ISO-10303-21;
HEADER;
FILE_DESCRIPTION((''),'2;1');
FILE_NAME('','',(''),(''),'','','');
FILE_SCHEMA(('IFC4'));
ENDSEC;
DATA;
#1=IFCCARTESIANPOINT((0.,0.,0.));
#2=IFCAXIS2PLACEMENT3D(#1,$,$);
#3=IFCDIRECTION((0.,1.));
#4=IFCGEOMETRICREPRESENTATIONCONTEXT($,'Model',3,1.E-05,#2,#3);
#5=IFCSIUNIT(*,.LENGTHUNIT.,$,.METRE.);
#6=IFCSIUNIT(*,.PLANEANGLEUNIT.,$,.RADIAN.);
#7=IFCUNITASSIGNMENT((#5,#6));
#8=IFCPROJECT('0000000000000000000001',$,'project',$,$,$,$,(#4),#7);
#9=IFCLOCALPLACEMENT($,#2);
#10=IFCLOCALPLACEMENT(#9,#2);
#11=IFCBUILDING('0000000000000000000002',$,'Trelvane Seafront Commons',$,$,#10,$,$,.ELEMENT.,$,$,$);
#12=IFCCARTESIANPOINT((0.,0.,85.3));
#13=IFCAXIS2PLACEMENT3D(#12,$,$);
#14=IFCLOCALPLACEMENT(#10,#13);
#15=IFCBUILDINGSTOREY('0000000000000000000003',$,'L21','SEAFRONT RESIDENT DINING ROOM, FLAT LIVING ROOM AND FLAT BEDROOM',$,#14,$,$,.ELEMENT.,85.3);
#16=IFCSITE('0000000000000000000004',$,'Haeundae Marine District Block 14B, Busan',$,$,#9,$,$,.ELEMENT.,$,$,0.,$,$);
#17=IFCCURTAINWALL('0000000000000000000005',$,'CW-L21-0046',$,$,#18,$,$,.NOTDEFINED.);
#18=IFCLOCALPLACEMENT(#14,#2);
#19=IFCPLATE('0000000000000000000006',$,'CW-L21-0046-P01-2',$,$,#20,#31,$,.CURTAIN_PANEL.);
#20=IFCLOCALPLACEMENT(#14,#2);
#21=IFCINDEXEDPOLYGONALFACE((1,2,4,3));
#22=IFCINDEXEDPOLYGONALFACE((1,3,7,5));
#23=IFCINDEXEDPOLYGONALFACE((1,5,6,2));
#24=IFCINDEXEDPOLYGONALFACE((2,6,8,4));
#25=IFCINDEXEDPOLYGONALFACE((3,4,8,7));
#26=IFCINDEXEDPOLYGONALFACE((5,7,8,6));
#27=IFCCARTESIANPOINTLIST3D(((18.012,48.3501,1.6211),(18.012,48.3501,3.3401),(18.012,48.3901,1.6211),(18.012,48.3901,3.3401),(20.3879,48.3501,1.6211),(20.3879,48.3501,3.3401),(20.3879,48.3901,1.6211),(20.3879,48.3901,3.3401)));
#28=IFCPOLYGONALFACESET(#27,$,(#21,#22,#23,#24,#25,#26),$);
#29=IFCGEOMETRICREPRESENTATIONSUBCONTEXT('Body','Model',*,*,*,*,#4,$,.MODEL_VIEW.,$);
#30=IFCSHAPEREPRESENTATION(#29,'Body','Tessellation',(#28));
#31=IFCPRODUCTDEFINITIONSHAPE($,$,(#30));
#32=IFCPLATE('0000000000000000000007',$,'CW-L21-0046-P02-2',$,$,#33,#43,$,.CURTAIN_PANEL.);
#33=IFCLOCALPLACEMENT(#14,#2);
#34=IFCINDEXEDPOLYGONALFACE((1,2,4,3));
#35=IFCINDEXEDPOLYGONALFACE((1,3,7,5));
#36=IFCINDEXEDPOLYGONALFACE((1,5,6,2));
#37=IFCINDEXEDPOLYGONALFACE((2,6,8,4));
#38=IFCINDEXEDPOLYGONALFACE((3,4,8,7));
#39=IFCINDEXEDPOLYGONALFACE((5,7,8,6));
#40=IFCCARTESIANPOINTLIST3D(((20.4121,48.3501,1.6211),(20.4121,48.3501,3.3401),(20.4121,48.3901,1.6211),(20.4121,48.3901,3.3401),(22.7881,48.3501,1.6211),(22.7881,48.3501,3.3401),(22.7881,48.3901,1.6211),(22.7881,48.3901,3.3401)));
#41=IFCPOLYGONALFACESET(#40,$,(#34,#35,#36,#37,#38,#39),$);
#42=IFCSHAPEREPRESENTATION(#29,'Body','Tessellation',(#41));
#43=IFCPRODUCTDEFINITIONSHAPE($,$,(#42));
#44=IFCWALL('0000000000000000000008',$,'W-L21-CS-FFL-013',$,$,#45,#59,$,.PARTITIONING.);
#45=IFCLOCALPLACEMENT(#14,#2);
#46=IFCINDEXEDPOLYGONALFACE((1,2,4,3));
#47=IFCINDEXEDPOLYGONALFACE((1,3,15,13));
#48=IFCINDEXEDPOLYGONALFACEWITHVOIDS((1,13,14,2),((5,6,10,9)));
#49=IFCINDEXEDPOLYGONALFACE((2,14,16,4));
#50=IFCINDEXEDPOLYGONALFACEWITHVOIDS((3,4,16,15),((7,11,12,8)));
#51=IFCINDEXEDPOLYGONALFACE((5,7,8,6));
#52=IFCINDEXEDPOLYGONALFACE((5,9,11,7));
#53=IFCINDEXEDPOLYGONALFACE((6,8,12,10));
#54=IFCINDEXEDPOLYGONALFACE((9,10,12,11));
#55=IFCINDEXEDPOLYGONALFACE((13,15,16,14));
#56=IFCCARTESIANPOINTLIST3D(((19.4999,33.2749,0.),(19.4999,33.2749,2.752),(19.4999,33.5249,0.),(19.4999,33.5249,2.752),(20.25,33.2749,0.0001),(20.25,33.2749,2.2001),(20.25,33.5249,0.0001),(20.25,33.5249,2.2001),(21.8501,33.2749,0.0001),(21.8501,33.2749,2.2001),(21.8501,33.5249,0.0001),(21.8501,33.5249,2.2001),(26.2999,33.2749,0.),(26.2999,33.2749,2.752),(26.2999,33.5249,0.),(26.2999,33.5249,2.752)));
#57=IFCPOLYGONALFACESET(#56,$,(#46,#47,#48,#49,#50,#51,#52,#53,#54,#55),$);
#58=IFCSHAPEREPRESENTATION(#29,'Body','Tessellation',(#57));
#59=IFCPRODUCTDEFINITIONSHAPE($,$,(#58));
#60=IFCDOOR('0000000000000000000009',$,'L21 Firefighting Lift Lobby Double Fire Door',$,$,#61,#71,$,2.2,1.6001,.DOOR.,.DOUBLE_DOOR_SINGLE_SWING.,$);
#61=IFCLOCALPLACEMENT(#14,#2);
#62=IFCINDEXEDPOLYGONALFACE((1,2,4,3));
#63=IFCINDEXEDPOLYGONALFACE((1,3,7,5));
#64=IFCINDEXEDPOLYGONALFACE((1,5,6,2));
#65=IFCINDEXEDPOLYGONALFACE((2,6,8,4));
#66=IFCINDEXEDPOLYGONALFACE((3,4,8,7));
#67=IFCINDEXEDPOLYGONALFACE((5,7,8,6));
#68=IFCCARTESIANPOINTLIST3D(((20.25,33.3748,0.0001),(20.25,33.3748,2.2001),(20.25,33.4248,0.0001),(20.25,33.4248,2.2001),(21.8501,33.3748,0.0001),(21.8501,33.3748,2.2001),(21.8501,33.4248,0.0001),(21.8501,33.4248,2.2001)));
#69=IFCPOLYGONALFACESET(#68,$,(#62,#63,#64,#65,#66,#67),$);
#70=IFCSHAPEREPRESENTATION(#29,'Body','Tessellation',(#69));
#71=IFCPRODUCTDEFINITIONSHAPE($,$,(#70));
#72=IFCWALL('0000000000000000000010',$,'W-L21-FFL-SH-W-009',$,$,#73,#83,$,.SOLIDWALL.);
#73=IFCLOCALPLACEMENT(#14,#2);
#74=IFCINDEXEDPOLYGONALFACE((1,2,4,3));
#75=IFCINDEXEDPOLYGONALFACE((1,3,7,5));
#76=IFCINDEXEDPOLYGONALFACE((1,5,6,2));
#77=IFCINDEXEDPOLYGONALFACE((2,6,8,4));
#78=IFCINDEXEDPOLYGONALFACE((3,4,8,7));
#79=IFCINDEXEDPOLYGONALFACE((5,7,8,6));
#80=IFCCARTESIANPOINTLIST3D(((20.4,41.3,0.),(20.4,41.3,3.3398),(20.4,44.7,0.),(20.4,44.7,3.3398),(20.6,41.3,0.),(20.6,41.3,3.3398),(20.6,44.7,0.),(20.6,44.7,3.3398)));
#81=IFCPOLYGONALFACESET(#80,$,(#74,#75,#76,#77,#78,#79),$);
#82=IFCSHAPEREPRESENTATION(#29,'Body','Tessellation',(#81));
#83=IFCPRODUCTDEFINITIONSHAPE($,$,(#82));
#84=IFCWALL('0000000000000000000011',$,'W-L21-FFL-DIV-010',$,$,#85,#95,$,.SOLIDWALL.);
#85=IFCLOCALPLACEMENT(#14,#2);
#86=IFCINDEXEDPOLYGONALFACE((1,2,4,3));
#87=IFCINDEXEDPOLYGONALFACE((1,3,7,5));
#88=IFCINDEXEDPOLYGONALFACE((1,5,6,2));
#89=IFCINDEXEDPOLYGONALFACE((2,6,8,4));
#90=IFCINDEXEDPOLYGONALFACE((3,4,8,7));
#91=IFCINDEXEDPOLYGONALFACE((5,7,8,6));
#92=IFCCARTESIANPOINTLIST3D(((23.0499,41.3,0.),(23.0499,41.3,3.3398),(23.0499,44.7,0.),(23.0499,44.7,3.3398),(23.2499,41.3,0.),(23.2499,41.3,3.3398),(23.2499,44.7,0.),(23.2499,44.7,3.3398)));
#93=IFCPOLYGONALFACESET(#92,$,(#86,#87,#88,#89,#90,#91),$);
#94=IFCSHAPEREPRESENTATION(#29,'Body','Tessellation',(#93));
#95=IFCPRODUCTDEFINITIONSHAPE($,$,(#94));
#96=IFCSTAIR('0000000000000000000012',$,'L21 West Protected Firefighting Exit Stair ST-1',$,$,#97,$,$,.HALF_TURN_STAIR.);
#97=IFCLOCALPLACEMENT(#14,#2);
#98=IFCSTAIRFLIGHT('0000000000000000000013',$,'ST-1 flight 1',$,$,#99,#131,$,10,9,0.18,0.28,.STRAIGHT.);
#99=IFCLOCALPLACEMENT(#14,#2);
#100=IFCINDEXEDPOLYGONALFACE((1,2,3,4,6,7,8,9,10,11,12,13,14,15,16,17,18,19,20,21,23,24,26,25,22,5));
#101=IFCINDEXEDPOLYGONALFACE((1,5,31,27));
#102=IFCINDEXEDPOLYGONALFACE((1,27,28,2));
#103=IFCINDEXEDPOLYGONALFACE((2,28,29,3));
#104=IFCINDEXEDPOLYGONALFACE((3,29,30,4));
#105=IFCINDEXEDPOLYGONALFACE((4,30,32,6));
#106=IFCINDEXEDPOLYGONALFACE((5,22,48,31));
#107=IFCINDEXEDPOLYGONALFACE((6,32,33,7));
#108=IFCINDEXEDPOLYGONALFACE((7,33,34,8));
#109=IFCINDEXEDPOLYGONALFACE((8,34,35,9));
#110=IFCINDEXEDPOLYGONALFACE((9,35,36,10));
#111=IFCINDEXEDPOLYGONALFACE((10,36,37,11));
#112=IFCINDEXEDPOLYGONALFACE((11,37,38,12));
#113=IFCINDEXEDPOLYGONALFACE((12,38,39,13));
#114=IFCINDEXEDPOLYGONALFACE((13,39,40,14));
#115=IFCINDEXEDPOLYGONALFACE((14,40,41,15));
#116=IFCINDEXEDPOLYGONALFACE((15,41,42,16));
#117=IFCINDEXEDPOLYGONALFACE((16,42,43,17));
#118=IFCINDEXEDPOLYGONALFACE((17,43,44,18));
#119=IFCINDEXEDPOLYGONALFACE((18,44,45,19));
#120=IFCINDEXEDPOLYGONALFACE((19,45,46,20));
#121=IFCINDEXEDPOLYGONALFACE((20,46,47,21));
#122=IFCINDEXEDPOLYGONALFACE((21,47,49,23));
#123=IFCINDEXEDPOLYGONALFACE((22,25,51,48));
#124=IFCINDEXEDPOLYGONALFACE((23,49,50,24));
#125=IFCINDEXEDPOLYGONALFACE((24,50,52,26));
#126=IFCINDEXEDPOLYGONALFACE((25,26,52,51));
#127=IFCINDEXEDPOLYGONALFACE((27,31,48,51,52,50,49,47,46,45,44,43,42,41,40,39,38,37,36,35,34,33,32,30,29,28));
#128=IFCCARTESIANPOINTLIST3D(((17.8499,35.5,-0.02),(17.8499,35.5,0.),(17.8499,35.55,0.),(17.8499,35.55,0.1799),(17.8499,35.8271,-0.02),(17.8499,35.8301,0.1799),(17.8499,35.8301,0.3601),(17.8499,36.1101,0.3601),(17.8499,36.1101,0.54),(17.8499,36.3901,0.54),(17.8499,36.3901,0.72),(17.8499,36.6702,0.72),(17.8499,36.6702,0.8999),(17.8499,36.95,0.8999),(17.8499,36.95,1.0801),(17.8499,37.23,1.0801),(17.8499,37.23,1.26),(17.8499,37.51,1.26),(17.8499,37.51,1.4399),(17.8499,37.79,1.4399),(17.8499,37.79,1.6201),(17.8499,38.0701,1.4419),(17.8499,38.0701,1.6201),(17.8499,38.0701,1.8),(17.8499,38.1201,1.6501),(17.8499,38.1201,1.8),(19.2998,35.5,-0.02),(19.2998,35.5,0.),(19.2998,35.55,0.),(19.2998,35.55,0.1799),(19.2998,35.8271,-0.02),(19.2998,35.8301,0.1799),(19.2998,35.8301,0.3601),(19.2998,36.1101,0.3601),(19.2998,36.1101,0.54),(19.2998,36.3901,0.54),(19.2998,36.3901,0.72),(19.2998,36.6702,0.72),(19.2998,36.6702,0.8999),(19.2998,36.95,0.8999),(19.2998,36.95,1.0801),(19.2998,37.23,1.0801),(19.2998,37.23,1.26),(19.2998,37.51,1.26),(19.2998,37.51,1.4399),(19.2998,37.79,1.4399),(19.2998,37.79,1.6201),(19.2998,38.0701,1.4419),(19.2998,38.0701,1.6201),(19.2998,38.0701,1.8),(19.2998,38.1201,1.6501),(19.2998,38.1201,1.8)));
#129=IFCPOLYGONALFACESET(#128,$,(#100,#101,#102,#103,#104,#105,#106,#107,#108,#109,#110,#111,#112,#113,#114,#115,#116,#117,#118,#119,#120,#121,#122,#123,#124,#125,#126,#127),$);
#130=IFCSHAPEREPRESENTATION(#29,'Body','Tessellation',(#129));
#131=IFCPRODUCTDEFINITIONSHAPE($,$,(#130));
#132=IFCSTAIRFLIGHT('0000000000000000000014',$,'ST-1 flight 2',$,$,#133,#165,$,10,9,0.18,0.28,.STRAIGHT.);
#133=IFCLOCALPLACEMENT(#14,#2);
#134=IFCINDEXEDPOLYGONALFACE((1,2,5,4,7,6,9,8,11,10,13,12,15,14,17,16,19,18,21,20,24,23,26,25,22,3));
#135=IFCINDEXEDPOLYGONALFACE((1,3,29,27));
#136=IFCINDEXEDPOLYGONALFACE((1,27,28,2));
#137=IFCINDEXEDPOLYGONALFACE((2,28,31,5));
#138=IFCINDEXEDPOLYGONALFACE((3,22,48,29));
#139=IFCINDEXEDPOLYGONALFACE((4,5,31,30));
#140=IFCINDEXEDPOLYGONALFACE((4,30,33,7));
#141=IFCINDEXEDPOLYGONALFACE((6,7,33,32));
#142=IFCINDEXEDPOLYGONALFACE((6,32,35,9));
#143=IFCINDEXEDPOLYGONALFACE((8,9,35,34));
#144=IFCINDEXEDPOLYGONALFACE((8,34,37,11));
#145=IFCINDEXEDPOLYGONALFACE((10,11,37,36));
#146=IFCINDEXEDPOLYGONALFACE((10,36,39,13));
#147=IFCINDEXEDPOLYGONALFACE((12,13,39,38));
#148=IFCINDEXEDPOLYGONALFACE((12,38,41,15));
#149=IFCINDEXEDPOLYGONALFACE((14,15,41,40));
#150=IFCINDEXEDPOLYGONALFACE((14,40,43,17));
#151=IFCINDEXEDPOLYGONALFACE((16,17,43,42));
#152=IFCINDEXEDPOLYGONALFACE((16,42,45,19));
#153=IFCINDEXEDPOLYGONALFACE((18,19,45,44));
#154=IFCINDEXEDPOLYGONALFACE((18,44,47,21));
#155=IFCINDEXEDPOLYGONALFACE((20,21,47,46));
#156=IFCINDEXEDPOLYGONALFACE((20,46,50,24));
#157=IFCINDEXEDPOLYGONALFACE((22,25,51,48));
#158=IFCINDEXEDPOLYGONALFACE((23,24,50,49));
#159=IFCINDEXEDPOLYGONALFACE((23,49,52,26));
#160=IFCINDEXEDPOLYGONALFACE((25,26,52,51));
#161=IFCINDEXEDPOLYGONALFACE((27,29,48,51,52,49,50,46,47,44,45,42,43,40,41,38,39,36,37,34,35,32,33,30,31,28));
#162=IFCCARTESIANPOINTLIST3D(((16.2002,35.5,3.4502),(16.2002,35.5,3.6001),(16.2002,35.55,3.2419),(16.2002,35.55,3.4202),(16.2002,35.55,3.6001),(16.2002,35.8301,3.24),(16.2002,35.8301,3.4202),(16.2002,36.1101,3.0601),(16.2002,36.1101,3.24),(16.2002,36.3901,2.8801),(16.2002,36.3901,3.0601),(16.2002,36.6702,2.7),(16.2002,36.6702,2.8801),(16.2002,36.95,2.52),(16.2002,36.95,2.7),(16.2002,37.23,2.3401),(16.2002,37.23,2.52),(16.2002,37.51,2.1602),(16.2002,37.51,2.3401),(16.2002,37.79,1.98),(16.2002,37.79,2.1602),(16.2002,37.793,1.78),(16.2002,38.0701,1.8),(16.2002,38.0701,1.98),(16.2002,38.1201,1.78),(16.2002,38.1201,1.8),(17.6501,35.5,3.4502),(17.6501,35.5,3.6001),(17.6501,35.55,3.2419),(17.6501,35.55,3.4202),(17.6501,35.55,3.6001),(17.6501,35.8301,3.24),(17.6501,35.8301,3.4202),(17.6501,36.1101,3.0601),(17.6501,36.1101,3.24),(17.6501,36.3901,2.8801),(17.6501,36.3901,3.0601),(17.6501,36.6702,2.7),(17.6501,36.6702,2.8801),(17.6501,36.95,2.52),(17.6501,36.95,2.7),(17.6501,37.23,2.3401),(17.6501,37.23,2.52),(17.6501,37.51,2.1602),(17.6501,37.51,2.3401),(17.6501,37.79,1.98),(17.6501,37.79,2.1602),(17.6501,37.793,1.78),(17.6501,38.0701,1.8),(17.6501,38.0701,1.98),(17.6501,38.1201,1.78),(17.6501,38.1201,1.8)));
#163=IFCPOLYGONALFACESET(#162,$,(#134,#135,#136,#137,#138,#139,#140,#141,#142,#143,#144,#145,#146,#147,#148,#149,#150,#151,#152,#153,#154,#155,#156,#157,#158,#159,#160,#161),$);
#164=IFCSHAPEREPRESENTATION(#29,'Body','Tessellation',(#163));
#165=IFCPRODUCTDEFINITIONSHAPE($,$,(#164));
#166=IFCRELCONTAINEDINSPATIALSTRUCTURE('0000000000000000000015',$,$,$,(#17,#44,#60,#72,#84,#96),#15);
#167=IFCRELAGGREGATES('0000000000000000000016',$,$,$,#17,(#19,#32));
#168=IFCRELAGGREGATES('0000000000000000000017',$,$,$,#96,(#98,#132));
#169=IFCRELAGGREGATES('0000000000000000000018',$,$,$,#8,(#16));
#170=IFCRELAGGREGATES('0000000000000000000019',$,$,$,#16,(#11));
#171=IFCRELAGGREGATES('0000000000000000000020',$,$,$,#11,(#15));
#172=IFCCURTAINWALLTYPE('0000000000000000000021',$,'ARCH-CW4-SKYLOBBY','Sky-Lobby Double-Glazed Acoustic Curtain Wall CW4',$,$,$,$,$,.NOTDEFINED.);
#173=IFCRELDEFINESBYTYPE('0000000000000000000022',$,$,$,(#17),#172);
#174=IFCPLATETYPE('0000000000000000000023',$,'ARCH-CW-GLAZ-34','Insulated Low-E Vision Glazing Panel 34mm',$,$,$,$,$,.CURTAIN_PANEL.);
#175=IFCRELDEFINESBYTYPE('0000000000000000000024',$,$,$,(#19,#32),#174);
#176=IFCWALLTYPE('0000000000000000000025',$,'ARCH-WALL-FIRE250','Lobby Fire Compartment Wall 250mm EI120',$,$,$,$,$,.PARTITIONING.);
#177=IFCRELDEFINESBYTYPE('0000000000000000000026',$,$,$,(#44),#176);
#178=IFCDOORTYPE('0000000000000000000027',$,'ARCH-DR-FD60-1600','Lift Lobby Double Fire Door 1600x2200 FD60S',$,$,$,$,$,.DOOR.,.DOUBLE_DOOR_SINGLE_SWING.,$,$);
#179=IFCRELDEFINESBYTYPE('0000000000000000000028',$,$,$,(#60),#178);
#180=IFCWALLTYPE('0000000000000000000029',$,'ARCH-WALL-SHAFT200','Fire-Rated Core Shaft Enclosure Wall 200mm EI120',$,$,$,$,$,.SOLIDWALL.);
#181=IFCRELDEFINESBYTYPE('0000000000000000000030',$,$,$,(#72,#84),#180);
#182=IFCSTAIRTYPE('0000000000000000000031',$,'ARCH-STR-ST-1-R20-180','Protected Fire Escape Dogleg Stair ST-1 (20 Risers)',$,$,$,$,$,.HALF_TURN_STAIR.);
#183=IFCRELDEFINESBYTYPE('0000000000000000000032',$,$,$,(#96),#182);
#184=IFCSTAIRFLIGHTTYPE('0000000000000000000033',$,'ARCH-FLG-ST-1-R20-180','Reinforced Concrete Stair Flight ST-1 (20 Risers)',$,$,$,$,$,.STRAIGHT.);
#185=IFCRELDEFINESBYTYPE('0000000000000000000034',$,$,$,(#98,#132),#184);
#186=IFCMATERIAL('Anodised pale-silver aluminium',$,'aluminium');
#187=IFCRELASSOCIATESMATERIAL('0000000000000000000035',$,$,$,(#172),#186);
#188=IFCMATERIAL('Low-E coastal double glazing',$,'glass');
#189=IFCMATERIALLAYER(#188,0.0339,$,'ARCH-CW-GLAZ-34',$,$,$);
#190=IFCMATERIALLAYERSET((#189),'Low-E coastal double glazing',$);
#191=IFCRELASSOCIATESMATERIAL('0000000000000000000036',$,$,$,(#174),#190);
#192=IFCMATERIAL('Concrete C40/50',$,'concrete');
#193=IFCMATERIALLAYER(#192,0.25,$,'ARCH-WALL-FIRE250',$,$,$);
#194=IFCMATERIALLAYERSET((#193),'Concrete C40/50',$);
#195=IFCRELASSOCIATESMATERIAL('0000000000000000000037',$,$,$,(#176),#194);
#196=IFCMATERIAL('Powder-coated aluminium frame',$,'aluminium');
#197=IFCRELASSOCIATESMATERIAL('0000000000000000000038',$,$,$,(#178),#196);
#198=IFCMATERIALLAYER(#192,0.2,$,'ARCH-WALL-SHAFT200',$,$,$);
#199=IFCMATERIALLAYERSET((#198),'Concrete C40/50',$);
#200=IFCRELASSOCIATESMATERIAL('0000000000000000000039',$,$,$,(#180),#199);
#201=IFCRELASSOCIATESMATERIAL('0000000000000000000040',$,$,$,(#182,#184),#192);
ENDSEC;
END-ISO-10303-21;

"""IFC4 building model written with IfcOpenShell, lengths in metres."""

from ifc_helpers import new_model, si_unit, direction, frame, frame_2d, origin, origin_2d, place, context, subcontext, project, spatial, polyline, rectangle, outline, extrude, source, transform, mapped, material, layer, layer_set, type_object, element, fill, aggregate, save


model = new_model("IFC4")

# Units and contexts
model_context = context("Model", 3, precision=1e-05, world=origin(), true_north=direction((0.0, 1.0)))
body_context = subcontext(model_context, "Body", "Model", "MODEL_VIEW")
ifc_project = project(units=[si_unit("LENGTHUNIT", "METRE"), si_unit("PLANEANGLEUNIT", "RADIAN")], contexts=[model_context])

# Site, building, storey
site_placement = place(None, origin())
site = spatial("IfcSite", under=ifc_project, at=site_placement, Name="Haeundae Marine District Block 14B, Busan", CompositionType="ELEMENT", RefElevation=0.0)
building_placement = place(site_placement, origin())
building = spatial("IfcBuilding", under=site, at=building_placement, Name="Trelvane Seafront Commons", CompositionType="ELEMENT")
storey_placement = place(building_placement, frame((0.0, 0.0, 85.3)))
storey = spatial("IfcBuildingStorey", under=building, at=storey_placement, Name="L21", Description="SEAFRONT RESIDENT DINING ROOM, FLAT LIVING ROOM AND FLAT BEDROOM", CompositionType="ELEMENT", Elevation=85.3)

# Curtain wall
ifc_material_1 = material(Name="Anodised pale-silver aluminium", Category="aluminium")
curtain_wall_type = type_object("IfcCurtainWallType", Name="ARCH-CW4-SKYLOBBY", Description="Sky-Lobby Double-Glazed Acoustic Curtain Wall CW4", PredefinedType="NOTDEFINED", material=ifc_material_1)
curtain_wall_placement = place(storey_placement, origin())
curtain_wall = element("IfcCurtainWall", 1, at=curtain_wall_placement, inside=storey, type_object=curtain_wall_type, Name="CW-L21-0046", PredefinedType="NOTDEFINED")

# Plates
ifc_material_2 = material(Name="Low-E coastal double glazing", Category="glass")
ifc_layer_1 = layer(ifc_material_2, 0.0339, Name="ARCH-CW-GLAZ-34")
ifc_layer_set_1 = layer_set([ifc_layer_1], Name="Low-E coastal double glazing")
plate_type_1 = type_object("IfcPlateType", Name="ARCH-CW-GLAZ-34", Description="Insulated Low-E Vision Glazing Panel 34mm", PredefinedType="CURTAIN_PANEL", material=ifc_layer_set_1)
shared_shape_1 = source(origin(), body_context, "Body", "SweptSolid", [
    extrude(rectangle(XDim=2.376, YDim=0.04, at=origin_2d()), origin(), (0.0, 0.0, 1.0), 1.719),
])
plate_1_placement = place(storey_placement, frame((19.2, 48.3701, 1.6211), z_axis=(0.0, 0.0, 1.0), x_axis=(1.0, 0.0, 0.0)))
plate_1 = element("IfcPlate", 2, at=plate_1_placement, type_object=plate_type_1, Name="CW-L21-0046-P01-2", PredefinedType="CURTAIN_PANEL", context=body_context, shape_type="MappedRepresentation", body=[
    mapped(shared_shape_1, transform((0.0, 0.0, 0.0), x_axis=(1.0, 0.0, 0.0), y_axis=(0.0, 1.0, 0.0), z_axis=(0.0, 0.0, 1.0), scale=1.0)),
])
plate_2_placement = place(storey_placement, frame((21.6001, 48.3701, 1.6211), z_axis=(0.0, 0.0, 1.0), x_axis=(1.0, 0.0, 0.0)))
plate_2 = element("IfcPlate", 3, at=plate_2_placement, type_object=plate_type_1, Name="CW-L21-0046-P02-2", PredefinedType="CURTAIN_PANEL", context=body_context, shape_type="MappedRepresentation", body=[
    mapped(shared_shape_1, transform((0.0, 0.0, 0.0), x_axis=(1.0, 0.0, 0.0), y_axis=(0.0, 1.0, 0.0), z_axis=(0.0, 0.0, 1.0), scale=1.0)),
])
aggregate(curtain_wall, [plate_1, plate_2])

# Wall, opening, door
ifc_material_3 = material(Name="Concrete C40/50", Category="concrete")
ifc_layer_2 = layer(ifc_material_3, 0.25, Name="ARCH-WALL-FIRE250")
ifc_layer_set_2 = layer_set([ifc_layer_2], Name="Concrete C40/50")
wall_type_1 = type_object("IfcWallType", Name="ARCH-WALL-FIRE250", Description="Lobby Fire Compartment Wall 250mm EI120", PredefinedType="PARTITIONING", material=ifc_layer_set_2)
wall_1_placement = place(storey_placement, frame((19.5, 33.3999, 0.0), z_axis=(0.0, 0.0, 1.0), x_axis=(1.0, 0.0, 0.0)))
wall_1 = element("IfcWall", 4, at=wall_1_placement, inside=storey, type_object=wall_type_1, Name="W-L21-CS-FFL-013", PredefinedType="PARTITIONING", context=body_context, shape_type="SweptSolid", body=[
    extrude(rectangle(XDim=6.8, YDim=0.25, at=frame_2d((3.3999, 0.0))), origin(), (0.0, 0.0, 1.0), 2.752),
])
opening_1_placement = place(wall_1_placement, frame((0.75, 0.0, 0.0)))
opening_1 = element("IfcOpeningElement", 5, at=opening_1_placement, cuts=wall_1, PredefinedType="OPENING", context=body_context, shape_type="SweptSolid", body=[
    extrude(rectangle(XDim=1.6001, YDim=2.2, at=frame_2d((0.8, 1.1001))), frame((0.0, 0.135, 0.0), z_axis=(0.0, -1.0, 0.0), x_axis=(1.0, 0.0, 0.0)), (0.0, 0.0, 1.0), 0.27),
])
ifc_material_4 = material(Name="Powder-coated aluminium frame", Category="aluminium")
door_type_1 = type_object("IfcDoorType", Name="ARCH-DR-FD60-1600", Description="Lift Lobby Double Fire Door 1600x2200 FD60S", OperationType="DOUBLE_DOOR_SINGLE_SWING", PredefinedType="DOOR", material=ifc_material_4)
shared_shape_2 = source(origin(), body_context, "Body", "SweptSolid", [
    extrude(rectangle(XDim=1.6001, YDim=2.2, at=frame_2d((0.8, 1.1001))), frame((0.0, 0.0249, 0.0), z_axis=(0.0, -1.0, 0.0), x_axis=(1.0, 0.0, 0.0)), (0.0, 0.0, 1.0), 0.05),
])
door_1_placement = place(opening_1_placement, origin())
door_1 = element("IfcDoor", 6, at=door_1_placement, inside=storey, type_object=door_type_1, Name="L21 Firefighting Lift Lobby Double Fire Door", OperationType="DOUBLE_DOOR_SINGLE_SWING", OverallHeight=2.2, OverallWidth=1.6001, PredefinedType="DOOR", context=body_context, shape_type="MappedRepresentation", body=[
    mapped(shared_shape_2, transform((0.0, 0.0, 0.0), x_axis=(1.0, 0.0, 0.0), y_axis=(0.0, 1.0, 0.0), z_axis=(0.0, 0.0, 1.0), scale=1.0)),
])
fill(opening_1, door_1)

# Shared definitions
ifc_layer_3 = layer(ifc_material_3, 0.2, Name="ARCH-WALL-SHAFT200")
ifc_layer_set_3 = layer_set([ifc_layer_3], Name="Concrete C40/50")
wall_type_2 = type_object("IfcWallType", Name="ARCH-WALL-SHAFT200", Description="Fire-Rated Core Shaft Enclosure Wall 200mm EI120", PredefinedType="SOLIDWALL", material=ifc_layer_set_3)

# Walls
for number, where, z_axis, x_axis, name in (
    (7, (20.5, 41.3, 0.0), (0.0, 0.0, 1.0), (0.0, 1.0, 0.0), "W-L21-FFL-SH-W-009"),
    (8, (23.1499, 41.3, 0.0), (0.0, 0.0, 1.0), (0.0, 1.0, 0.0), "W-L21-FFL-DIV-010"),
):
    element("IfcWall", number, at=place(storey_placement, frame(where, z_axis=z_axis, x_axis=x_axis)), inside=storey, type_object=wall_type_2, Name=name, PredefinedType="SOLIDWALL", context=body_context, shape_type="SweptSolid", body=[
        extrude(rectangle(XDim=3.3999, YDim=0.2, at=frame_2d((1.7, 0.0))), origin(), (0.0, 0.0, 1.0), 3.3398),
    ])

# Stair, stair flights
stair_type = type_object("IfcStairType", Name="ARCH-STR-ST-1-R20-180", Description="Protected Fire Escape Dogleg Stair ST-1 (20 Risers)", PredefinedType="HALF_TURN_STAIR", material=ifc_material_3)
stair_placement = place(storey_placement, origin())
stair = element("IfcStair", 9, at=stair_placement, inside=storey, type_object=stair_type, Name="L21 West Protected Firefighting Exit Stair ST-1", PredefinedType="HALF_TURN_STAIR")
stair_flight_type = type_object("IfcStairFlightType", Name="ARCH-FLG-ST-1-R20-180", Description="Reinforced Concrete Stair Flight ST-1 (20 Risers)", PredefinedType="STRAIGHT", material=ifc_material_3)
shared_shape_3 = source(origin(), body_context, "Body", "SweptSolid", [
    extrude(outline(polyline([(-0.05, -0.02), (-0.05, 0.0), (0.0, 0.0), (0.0, 0.1799), (0.28, 0.1799), (0.28, 0.3601), (0.5601, 0.3601), (0.5601, 0.54), (0.8401, 0.54), (0.8401, 0.72), (1.1201, 0.72), (1.1201, 0.8999), (1.3999, 0.8999), (1.3999, 1.0801), (1.6799, 1.0801), (1.6799, 1.26), (1.96, 1.26), (1.96, 1.4399), (2.24, 1.4399), (2.24, 1.6201), (2.52, 1.6201), (2.52, 1.8), (2.5701, 1.8), (2.5701, 1.6501), (2.52, 1.4419), (0.2771, -0.02), (-0.05, -0.02)])), frame((0.0, 0.7251, 0.0), z_axis=(0.0, -1.0, 0.0), x_axis=(1.0, 0.0, 0.0)), (0.0, 0.0, 1.0), 1.45),
])
stair_flight_1_placement = place(storey_placement, frame((18.575, 35.55, 0.0), z_axis=(0.0, 0.0, 1.0), x_axis=(0.0, 1.0, 0.0)))
stair_flight_1 = element("IfcStairFlight", 10, at=stair_flight_1_placement, type_object=stair_flight_type, Name="ST-1 flight 1", NumberOfRisers=10, NumberOfTreads=9, PredefinedType="STRAIGHT", RiserHeight=0.18, TreadLength=0.28, context=body_context, shape_type="MappedRepresentation", body=[
    mapped(shared_shape_3, transform((0.0, 0.0, 0.0), x_axis=(1.0, 0.0, 0.0), y_axis=(0.0, 1.0, 0.0), z_axis=(0.0, 0.0, 1.0), scale=1.0)),
])
stair_flight_2_placement = place(storey_placement, frame((16.925, 38.0701, 1.8), z_axis=(0.0, 0.0, 1.0), x_axis=(0.0, -1.0, 0.0)))
stair_flight_2 = element("IfcStairFlight", 11, at=stair_flight_2_placement, type_object=stair_flight_type, Name="ST-1 flight 2", NumberOfRisers=10, NumberOfTreads=9, PredefinedType="STRAIGHT", RiserHeight=0.18, TreadLength=0.28, context=body_context, shape_type="MappedRepresentation", body=[
    mapped(shared_shape_3, transform((0.0, 0.0, 0.0), x_axis=(1.0, 0.0, 0.0), y_axis=(0.0, 1.0, 0.0), z_axis=(0.0, 0.0, 1.0), scale=1.0)),
])
aggregate(stair, [stair_flight_1, stair_flight_2])

save(model, "model.ifc")
